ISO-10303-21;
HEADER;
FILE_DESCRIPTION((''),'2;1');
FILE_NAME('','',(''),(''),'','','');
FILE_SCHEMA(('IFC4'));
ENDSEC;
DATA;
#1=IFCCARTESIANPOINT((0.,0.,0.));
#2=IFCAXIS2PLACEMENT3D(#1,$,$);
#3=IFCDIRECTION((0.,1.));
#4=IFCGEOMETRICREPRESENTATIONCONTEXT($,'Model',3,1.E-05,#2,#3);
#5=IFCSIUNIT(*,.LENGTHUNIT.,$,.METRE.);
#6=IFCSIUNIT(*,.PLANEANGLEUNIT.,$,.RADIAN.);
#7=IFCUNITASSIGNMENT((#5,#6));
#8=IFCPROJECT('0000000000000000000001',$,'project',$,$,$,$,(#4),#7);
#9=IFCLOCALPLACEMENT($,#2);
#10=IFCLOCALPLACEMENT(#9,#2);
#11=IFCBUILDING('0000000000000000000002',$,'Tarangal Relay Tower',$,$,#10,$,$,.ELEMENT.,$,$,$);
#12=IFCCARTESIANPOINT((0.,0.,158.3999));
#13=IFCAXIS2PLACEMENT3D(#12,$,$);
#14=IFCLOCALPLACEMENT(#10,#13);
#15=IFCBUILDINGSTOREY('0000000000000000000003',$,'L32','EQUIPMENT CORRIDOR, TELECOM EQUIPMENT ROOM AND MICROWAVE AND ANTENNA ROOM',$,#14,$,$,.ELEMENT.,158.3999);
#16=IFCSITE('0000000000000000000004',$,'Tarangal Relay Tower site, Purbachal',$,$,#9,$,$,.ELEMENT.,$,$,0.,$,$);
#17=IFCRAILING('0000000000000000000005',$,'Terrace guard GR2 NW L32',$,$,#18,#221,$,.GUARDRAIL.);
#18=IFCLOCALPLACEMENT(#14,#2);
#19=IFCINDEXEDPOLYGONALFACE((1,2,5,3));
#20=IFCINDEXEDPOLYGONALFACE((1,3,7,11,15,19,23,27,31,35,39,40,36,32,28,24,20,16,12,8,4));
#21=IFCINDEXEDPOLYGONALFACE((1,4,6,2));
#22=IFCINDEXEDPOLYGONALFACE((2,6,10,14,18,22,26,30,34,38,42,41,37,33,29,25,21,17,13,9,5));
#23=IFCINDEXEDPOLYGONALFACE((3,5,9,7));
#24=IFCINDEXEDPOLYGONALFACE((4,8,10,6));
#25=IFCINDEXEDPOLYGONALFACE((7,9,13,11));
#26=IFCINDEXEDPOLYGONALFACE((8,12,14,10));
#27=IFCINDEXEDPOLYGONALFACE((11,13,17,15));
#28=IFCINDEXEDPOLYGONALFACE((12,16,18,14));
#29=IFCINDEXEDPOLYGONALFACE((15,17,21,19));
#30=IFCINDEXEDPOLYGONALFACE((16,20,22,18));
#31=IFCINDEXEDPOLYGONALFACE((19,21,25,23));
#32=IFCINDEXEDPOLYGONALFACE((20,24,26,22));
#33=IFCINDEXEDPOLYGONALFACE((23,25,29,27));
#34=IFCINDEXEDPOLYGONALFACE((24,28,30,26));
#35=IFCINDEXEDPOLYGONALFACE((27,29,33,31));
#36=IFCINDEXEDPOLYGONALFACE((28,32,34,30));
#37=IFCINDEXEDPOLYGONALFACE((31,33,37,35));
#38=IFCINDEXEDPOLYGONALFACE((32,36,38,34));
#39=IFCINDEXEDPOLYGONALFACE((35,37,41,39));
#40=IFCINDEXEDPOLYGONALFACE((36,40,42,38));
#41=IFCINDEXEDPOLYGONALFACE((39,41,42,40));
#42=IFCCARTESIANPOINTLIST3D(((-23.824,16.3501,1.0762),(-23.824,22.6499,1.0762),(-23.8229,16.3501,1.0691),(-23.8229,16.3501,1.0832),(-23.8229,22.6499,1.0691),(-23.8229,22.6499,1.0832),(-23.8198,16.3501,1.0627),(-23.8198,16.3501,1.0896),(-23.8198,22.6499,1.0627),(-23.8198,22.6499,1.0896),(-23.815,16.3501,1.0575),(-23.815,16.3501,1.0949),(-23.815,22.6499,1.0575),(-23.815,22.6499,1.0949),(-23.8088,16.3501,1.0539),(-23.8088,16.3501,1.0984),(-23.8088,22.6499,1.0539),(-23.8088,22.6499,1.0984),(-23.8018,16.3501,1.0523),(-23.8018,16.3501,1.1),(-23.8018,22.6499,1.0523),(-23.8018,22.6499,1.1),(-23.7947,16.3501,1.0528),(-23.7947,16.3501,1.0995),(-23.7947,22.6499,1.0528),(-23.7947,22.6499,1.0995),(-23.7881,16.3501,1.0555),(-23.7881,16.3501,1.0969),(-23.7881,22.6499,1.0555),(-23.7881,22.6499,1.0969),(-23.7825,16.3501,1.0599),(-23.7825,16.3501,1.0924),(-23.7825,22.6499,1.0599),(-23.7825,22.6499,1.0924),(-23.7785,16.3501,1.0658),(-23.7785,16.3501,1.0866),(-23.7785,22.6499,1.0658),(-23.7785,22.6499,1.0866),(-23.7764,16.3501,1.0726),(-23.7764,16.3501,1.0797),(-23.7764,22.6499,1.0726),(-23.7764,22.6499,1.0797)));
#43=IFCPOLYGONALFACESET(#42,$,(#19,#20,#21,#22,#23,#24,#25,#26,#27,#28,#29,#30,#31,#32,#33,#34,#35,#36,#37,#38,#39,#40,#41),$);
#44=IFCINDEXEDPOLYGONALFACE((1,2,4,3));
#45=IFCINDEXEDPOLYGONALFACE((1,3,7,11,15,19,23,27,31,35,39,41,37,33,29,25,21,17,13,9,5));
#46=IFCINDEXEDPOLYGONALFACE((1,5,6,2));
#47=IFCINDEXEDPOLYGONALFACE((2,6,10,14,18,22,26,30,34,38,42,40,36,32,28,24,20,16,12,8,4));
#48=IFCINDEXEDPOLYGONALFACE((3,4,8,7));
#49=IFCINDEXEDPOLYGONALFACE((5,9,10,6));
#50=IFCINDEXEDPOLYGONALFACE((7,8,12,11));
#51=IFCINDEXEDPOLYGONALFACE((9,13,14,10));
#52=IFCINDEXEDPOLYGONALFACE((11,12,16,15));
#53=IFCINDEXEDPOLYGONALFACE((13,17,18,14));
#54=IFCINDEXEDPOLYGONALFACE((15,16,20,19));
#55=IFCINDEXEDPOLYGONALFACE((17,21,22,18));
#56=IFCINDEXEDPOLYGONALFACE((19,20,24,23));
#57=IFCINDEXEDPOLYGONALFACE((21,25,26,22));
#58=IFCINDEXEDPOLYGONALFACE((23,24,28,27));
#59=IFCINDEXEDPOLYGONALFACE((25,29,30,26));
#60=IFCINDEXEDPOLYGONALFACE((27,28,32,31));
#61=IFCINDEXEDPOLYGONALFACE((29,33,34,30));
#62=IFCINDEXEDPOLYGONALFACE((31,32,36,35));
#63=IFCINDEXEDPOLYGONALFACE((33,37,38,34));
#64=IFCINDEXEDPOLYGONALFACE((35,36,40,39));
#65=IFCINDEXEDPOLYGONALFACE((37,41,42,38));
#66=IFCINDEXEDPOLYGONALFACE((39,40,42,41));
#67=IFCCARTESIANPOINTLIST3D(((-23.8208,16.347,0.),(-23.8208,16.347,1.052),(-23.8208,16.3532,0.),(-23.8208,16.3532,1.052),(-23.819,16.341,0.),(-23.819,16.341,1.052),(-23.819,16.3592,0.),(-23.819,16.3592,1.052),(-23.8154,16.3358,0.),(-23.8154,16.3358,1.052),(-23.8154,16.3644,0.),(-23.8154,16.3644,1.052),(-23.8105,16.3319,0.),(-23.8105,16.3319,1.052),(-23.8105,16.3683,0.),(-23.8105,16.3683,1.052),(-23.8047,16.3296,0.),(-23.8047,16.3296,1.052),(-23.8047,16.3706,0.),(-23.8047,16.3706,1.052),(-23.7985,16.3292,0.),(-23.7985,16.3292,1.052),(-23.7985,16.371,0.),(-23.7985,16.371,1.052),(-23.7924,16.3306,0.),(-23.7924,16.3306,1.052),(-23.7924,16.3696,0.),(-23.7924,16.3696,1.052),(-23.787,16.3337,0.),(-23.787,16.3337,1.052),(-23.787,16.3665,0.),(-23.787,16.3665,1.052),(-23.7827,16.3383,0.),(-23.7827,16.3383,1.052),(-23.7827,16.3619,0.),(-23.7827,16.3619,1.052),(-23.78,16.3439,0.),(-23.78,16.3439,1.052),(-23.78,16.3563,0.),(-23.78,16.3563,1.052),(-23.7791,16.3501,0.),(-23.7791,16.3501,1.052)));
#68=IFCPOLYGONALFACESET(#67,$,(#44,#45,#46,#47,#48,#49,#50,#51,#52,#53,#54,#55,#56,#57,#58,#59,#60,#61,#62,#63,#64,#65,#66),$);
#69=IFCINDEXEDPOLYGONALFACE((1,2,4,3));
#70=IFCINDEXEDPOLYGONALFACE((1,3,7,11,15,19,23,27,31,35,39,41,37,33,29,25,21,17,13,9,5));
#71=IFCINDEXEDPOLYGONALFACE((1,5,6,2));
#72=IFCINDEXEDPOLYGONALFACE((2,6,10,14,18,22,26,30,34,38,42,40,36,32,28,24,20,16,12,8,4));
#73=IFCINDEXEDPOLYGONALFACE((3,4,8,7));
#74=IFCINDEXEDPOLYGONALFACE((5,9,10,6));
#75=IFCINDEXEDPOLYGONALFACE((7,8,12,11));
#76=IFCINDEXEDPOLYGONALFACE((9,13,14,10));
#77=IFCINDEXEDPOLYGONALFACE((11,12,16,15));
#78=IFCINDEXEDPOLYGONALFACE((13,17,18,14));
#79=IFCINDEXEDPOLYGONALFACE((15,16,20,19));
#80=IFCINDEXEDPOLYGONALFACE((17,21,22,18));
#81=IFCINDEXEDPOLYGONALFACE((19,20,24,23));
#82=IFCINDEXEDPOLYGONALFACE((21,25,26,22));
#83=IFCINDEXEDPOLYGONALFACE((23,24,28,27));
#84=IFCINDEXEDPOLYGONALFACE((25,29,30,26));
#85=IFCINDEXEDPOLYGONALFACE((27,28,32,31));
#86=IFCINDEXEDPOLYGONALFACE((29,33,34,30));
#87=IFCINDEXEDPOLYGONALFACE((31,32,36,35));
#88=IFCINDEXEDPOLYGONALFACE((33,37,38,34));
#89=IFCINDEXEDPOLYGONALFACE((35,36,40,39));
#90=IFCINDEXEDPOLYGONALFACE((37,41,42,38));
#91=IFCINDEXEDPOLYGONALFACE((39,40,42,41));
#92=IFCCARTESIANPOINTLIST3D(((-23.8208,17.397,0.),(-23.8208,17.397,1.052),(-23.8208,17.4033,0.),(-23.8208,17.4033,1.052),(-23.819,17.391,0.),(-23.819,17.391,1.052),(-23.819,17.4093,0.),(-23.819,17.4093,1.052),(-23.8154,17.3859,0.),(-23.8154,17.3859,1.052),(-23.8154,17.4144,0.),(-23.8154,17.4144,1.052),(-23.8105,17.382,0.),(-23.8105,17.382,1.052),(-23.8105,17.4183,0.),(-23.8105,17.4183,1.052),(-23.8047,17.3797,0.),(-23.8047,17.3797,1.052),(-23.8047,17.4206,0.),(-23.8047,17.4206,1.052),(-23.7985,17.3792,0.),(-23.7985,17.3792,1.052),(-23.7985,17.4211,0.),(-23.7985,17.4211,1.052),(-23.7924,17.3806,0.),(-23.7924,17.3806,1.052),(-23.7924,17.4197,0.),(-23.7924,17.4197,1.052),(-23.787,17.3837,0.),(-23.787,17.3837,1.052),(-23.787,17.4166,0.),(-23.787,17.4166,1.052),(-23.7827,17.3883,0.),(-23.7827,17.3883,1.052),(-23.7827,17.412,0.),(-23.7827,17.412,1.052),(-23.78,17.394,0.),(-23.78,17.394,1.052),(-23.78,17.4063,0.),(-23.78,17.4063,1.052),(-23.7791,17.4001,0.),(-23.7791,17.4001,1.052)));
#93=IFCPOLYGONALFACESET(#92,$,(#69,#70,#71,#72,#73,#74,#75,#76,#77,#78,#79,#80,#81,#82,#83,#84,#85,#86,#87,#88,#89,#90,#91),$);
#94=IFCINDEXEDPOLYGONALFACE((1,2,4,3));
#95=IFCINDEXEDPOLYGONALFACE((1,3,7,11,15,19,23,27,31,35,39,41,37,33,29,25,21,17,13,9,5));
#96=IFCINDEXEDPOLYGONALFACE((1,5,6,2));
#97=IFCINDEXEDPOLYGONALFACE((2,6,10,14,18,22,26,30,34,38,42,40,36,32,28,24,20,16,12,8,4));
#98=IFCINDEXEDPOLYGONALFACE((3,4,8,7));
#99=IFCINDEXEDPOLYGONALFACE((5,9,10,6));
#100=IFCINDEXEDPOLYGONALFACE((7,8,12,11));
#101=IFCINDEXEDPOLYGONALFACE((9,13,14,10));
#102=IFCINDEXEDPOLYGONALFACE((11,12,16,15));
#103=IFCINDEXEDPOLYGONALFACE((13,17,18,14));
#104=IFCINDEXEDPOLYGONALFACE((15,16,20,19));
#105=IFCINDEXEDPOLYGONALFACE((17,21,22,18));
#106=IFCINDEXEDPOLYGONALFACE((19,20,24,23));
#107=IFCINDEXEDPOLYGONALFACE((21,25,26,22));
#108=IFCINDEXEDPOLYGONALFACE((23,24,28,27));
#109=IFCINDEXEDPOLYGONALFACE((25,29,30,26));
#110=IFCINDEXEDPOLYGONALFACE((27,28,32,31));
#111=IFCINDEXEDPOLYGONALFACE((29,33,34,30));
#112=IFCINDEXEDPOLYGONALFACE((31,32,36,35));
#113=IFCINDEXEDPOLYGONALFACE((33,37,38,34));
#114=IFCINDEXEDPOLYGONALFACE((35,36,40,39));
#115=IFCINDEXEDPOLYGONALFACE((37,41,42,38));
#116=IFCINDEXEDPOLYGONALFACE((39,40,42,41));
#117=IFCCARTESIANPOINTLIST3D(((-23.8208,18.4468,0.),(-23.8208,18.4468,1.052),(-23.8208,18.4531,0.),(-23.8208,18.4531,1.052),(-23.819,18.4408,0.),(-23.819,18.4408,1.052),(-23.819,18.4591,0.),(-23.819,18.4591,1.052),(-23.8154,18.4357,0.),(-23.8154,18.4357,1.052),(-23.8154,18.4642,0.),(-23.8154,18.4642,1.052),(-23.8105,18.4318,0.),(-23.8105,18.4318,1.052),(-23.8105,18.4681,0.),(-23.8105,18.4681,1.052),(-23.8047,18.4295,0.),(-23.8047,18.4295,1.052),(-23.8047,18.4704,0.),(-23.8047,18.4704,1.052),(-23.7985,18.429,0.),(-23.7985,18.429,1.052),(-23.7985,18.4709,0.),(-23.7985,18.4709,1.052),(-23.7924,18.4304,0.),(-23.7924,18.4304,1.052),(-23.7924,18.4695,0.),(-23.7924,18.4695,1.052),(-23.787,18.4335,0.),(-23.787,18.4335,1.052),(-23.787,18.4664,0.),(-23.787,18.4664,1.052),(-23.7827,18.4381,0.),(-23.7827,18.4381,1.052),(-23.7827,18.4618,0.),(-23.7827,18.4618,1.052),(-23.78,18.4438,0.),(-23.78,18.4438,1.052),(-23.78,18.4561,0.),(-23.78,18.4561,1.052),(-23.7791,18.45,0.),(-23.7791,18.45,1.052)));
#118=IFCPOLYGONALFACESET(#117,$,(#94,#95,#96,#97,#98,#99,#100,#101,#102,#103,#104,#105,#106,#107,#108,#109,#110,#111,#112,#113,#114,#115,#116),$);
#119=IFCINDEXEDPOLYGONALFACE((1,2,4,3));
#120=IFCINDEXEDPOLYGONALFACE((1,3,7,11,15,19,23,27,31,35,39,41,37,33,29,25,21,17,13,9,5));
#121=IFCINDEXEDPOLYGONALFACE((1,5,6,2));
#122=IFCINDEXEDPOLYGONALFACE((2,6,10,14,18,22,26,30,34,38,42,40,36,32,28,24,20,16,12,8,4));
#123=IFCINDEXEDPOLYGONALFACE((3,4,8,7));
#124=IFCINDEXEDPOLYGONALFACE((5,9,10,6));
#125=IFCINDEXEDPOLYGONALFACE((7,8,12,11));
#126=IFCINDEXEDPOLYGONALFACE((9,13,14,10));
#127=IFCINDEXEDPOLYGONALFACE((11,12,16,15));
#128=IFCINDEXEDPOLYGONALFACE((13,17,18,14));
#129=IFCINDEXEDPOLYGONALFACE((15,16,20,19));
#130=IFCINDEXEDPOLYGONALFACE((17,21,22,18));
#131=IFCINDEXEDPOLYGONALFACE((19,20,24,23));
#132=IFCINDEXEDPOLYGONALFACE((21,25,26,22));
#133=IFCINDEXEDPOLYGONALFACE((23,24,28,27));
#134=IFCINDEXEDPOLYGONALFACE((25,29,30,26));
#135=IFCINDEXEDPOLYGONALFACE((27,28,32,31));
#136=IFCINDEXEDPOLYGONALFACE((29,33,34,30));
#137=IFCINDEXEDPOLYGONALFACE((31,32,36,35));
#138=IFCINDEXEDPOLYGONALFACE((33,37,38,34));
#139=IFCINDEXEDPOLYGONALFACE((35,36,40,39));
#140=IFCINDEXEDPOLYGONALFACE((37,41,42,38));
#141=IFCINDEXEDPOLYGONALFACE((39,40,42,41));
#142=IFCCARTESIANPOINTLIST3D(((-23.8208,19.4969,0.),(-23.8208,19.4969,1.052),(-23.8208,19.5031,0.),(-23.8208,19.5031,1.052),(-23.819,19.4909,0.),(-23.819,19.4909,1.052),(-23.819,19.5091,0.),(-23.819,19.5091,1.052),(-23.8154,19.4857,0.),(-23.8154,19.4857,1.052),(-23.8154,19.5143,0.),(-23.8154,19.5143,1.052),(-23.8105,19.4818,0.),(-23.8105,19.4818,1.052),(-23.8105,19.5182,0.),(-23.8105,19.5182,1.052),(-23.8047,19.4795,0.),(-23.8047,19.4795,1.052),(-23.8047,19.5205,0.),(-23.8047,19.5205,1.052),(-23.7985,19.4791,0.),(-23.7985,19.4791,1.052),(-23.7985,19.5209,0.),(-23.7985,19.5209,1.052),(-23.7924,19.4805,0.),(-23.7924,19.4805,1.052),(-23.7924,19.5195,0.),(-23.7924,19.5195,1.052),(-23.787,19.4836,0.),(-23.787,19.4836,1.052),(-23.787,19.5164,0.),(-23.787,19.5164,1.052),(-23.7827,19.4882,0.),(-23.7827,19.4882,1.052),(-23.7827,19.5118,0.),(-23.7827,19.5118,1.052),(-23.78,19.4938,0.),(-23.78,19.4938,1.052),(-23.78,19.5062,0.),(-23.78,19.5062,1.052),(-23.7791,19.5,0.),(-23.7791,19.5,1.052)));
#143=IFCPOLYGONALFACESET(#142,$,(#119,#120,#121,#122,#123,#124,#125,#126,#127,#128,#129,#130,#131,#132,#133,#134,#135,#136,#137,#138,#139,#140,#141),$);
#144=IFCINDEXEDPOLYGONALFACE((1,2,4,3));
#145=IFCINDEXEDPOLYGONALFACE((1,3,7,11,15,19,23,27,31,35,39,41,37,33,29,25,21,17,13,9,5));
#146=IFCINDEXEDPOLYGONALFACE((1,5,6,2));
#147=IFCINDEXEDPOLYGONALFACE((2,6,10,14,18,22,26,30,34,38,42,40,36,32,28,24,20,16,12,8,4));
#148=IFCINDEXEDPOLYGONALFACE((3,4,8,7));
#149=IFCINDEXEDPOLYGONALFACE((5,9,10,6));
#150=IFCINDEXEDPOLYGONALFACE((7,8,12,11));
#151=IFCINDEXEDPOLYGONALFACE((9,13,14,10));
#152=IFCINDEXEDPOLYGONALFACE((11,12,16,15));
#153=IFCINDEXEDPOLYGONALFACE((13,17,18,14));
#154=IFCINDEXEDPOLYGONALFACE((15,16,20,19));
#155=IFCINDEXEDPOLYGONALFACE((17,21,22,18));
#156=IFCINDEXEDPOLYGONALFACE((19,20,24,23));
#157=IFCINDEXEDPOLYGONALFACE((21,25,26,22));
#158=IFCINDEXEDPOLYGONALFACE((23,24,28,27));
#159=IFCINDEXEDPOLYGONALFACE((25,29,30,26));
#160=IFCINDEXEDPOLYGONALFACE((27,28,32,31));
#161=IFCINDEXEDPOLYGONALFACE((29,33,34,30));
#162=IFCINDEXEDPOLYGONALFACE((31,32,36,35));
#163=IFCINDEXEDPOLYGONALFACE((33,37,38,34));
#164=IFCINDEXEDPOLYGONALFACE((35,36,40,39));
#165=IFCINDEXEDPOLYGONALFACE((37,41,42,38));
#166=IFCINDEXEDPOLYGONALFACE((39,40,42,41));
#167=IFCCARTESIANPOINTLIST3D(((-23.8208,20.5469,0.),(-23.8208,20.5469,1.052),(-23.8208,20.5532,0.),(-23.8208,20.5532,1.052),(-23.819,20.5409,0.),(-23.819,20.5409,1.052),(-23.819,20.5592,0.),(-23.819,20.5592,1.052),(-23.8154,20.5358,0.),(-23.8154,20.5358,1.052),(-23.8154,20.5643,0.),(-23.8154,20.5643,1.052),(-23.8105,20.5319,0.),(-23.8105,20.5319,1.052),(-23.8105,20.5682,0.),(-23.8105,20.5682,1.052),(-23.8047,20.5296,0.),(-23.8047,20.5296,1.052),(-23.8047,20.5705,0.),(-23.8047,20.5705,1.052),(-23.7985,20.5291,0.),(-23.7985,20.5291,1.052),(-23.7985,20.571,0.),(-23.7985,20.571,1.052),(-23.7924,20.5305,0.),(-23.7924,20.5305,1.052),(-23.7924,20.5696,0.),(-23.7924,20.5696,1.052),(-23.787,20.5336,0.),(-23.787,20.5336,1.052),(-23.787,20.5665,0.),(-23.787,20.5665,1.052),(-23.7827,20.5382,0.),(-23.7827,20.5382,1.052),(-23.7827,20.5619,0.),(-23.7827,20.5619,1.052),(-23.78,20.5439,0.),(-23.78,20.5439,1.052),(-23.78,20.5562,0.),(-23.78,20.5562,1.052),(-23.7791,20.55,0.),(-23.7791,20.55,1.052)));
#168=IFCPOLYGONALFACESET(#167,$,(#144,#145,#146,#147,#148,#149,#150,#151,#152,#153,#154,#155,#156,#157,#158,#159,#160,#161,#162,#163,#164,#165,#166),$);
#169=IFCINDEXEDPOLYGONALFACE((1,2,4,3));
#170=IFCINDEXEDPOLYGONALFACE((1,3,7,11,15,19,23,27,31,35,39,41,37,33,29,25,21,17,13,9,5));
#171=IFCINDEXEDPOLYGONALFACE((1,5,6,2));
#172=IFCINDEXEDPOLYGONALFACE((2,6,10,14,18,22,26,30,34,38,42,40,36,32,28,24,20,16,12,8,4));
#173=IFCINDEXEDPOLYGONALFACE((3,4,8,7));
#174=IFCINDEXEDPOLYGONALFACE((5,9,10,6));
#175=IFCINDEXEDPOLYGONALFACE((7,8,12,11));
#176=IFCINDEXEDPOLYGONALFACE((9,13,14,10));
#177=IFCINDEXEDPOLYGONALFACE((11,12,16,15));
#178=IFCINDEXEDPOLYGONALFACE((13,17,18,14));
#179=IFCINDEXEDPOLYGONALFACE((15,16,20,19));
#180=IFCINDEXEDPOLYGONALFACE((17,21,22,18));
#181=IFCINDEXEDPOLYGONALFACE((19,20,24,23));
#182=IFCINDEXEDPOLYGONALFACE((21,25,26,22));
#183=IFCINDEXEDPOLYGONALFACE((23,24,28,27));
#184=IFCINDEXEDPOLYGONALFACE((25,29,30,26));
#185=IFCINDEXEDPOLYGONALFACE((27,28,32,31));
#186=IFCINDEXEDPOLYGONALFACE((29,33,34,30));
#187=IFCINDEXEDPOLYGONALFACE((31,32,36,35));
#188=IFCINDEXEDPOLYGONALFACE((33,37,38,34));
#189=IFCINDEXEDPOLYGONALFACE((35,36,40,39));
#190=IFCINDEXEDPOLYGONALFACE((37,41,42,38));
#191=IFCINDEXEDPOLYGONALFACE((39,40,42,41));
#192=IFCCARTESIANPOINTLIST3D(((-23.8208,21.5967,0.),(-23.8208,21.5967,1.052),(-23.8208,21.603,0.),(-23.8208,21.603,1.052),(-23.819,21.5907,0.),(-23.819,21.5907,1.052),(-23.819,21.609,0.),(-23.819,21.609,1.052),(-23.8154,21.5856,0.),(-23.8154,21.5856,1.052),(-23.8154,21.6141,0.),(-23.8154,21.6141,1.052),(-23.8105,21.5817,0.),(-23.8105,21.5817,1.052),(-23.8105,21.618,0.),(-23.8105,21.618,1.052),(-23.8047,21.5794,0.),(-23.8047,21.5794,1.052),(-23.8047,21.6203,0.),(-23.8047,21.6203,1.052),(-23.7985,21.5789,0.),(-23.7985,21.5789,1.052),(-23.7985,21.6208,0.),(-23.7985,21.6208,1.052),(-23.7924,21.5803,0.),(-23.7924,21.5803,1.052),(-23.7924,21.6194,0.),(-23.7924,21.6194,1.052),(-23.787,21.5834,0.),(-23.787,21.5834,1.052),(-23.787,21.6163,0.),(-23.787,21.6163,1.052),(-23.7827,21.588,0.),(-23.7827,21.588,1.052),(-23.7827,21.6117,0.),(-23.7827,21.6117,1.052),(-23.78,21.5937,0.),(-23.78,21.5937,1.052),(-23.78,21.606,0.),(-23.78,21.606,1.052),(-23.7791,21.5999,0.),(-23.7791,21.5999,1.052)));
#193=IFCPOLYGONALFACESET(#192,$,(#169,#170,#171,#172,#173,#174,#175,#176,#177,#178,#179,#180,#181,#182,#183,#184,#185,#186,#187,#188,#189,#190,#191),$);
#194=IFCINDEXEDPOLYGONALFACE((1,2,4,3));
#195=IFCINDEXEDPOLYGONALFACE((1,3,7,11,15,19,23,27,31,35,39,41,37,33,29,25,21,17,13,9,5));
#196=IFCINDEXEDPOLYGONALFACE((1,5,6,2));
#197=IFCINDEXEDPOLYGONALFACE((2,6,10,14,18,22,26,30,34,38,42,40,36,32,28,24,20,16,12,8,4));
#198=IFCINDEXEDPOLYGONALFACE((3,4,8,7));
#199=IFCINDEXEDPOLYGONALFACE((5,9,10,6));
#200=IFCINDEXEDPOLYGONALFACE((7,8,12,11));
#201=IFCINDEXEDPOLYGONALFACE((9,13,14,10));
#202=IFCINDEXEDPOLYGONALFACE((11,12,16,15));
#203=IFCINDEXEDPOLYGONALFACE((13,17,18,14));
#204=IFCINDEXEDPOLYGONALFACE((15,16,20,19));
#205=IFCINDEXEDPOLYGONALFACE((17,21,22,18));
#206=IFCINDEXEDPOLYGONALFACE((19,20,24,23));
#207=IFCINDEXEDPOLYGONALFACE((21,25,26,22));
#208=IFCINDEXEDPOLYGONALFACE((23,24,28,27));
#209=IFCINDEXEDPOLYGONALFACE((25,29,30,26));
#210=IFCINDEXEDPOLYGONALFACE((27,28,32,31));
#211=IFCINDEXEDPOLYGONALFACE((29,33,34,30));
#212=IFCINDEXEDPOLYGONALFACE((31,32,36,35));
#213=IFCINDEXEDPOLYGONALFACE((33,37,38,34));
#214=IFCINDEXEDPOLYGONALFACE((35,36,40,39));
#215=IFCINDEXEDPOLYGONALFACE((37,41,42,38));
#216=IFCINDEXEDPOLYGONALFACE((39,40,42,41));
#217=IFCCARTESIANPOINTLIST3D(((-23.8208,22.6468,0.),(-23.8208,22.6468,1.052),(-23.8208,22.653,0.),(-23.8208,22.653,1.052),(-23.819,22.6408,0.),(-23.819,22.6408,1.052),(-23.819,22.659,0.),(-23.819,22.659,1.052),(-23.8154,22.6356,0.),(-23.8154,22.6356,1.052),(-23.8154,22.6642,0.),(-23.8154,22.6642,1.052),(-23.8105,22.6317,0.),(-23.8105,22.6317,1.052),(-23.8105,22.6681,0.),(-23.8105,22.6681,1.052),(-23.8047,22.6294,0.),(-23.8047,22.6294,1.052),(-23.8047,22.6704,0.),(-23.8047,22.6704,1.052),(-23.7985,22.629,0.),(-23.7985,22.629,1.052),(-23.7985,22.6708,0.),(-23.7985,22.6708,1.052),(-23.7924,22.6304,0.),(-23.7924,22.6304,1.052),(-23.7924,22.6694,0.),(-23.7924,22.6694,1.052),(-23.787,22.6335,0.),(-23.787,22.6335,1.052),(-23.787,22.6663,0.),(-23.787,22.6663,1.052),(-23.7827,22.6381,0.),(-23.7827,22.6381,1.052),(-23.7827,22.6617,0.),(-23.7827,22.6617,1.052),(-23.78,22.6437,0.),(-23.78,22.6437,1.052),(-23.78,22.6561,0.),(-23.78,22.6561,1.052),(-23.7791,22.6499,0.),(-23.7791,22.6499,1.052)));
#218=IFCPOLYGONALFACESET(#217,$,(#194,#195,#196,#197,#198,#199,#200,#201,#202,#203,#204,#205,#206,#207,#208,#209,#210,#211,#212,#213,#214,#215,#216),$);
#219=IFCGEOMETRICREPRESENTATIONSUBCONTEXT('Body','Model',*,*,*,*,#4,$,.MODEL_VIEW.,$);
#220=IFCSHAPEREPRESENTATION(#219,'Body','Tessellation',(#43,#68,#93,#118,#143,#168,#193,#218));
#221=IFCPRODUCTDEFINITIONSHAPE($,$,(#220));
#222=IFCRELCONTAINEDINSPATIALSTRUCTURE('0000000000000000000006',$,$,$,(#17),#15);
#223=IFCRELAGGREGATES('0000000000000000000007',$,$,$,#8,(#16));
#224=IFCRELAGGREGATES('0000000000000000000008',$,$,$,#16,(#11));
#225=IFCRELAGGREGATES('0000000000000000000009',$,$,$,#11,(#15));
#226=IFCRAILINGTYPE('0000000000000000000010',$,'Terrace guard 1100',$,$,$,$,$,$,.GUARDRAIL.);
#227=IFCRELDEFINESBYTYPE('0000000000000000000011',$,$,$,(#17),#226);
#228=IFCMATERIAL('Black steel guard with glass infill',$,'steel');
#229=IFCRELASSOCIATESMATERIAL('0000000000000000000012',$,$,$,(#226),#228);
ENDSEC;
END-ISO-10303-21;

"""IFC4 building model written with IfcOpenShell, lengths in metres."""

from ifc_helpers import new_model, si_unit, direction, frame, origin, origin_2d, place, context, subcontext, project, spatial, circle, extrude, material, type_object, element, save


model = new_model("IFC4")

# Units and contexts
model_context = context("Model", 3, precision=1e-05, world=origin(), true_north=direction((0.0, 1.0)))
body_context = subcontext(model_context, "Body", "Model", "MODEL_VIEW")
ifc_project = project(units=[si_unit("LENGTHUNIT", "METRE"), si_unit("PLANEANGLEUNIT", "RADIAN")], contexts=[model_context])

# Site, building, storey
site_placement = place(None, origin())
site = spatial("IfcSite", under=ifc_project, at=site_placement, Name="Tarangal Relay Tower site, Purbachal", CompositionType="ELEMENT", RefElevation=0.0)
building_placement = place(site_placement, origin())
building = spatial("IfcBuilding", under=site, at=building_placement, Name="Tarangal Relay Tower", CompositionType="ELEMENT")
storey_placement = place(building_placement, frame((0.0, 0.0, 158.3999)))
storey = spatial("IfcBuildingStorey", under=building, at=storey_placement, Name="L32", Description="EQUIPMENT CORRIDOR, TELECOM EQUIPMENT ROOM AND MICROWAVE AND ANTENNA ROOM", CompositionType="ELEMENT", Elevation=158.3999)

# Railing
ifc_material_1 = material(Name="Black steel guard with glass infill", Category="steel")
railing_type = type_object("IfcRailingType", Name="Terrace guard 1100", PredefinedType="GUARDRAIL", material=ifc_material_1)
railing_1_placement = place(storey_placement, frame((-23.8, 16.3501, 0.0)))
element("IfcRailing", 1, at=railing_1_placement, inside=storey, type_object=railing_type, Name="Terrace guard GR2 NW L32", PredefinedType="GUARDRAIL", context=body_context, shape_type="SweptSolid", body=[
    extrude(circle(Radius=0.0239, at=origin_2d()), frame((0.0, 0.0, 1.0762), z_axis=(0.0, 1.0, 0.0), x_axis=(-1.0, 0.0, 0.0)), (0.0, 0.0, 1.0), 6.2998),
    extrude(circle(Radius=0.021, at=origin_2d()), origin(), (0.0, 0.0, 1.0), 1.052),
    extrude(circle(Radius=0.021, at=origin_2d()), frame((0.0, 1.05, 0.0)), (0.0, 0.0, 1.0), 1.052),
    extrude(circle(Radius=0.021, at=origin_2d()), frame((0.0, 2.0999, 0.0)), (0.0, 0.0, 1.0), 1.052),
    extrude(circle(Radius=0.021, at=origin_2d()), frame((0.0, 3.1499, 0.0)), (0.0, 0.0, 1.0), 1.052),
    extrude(circle(Radius=0.021, at=origin_2d()), frame((0.0, 4.2, 0.0)), (0.0, 0.0, 1.0), 1.052),
    extrude(circle(Radius=0.021, at=origin_2d()), frame((0.0, 5.2498, 0.0)), (0.0, 0.0, 1.0), 1.052),
    extrude(circle(Radius=0.021, at=origin_2d()), frame((0.0, 6.2998, 0.0)), (0.0, 0.0, 1.0), 1.052),
])

save(model, "model.ifc")
